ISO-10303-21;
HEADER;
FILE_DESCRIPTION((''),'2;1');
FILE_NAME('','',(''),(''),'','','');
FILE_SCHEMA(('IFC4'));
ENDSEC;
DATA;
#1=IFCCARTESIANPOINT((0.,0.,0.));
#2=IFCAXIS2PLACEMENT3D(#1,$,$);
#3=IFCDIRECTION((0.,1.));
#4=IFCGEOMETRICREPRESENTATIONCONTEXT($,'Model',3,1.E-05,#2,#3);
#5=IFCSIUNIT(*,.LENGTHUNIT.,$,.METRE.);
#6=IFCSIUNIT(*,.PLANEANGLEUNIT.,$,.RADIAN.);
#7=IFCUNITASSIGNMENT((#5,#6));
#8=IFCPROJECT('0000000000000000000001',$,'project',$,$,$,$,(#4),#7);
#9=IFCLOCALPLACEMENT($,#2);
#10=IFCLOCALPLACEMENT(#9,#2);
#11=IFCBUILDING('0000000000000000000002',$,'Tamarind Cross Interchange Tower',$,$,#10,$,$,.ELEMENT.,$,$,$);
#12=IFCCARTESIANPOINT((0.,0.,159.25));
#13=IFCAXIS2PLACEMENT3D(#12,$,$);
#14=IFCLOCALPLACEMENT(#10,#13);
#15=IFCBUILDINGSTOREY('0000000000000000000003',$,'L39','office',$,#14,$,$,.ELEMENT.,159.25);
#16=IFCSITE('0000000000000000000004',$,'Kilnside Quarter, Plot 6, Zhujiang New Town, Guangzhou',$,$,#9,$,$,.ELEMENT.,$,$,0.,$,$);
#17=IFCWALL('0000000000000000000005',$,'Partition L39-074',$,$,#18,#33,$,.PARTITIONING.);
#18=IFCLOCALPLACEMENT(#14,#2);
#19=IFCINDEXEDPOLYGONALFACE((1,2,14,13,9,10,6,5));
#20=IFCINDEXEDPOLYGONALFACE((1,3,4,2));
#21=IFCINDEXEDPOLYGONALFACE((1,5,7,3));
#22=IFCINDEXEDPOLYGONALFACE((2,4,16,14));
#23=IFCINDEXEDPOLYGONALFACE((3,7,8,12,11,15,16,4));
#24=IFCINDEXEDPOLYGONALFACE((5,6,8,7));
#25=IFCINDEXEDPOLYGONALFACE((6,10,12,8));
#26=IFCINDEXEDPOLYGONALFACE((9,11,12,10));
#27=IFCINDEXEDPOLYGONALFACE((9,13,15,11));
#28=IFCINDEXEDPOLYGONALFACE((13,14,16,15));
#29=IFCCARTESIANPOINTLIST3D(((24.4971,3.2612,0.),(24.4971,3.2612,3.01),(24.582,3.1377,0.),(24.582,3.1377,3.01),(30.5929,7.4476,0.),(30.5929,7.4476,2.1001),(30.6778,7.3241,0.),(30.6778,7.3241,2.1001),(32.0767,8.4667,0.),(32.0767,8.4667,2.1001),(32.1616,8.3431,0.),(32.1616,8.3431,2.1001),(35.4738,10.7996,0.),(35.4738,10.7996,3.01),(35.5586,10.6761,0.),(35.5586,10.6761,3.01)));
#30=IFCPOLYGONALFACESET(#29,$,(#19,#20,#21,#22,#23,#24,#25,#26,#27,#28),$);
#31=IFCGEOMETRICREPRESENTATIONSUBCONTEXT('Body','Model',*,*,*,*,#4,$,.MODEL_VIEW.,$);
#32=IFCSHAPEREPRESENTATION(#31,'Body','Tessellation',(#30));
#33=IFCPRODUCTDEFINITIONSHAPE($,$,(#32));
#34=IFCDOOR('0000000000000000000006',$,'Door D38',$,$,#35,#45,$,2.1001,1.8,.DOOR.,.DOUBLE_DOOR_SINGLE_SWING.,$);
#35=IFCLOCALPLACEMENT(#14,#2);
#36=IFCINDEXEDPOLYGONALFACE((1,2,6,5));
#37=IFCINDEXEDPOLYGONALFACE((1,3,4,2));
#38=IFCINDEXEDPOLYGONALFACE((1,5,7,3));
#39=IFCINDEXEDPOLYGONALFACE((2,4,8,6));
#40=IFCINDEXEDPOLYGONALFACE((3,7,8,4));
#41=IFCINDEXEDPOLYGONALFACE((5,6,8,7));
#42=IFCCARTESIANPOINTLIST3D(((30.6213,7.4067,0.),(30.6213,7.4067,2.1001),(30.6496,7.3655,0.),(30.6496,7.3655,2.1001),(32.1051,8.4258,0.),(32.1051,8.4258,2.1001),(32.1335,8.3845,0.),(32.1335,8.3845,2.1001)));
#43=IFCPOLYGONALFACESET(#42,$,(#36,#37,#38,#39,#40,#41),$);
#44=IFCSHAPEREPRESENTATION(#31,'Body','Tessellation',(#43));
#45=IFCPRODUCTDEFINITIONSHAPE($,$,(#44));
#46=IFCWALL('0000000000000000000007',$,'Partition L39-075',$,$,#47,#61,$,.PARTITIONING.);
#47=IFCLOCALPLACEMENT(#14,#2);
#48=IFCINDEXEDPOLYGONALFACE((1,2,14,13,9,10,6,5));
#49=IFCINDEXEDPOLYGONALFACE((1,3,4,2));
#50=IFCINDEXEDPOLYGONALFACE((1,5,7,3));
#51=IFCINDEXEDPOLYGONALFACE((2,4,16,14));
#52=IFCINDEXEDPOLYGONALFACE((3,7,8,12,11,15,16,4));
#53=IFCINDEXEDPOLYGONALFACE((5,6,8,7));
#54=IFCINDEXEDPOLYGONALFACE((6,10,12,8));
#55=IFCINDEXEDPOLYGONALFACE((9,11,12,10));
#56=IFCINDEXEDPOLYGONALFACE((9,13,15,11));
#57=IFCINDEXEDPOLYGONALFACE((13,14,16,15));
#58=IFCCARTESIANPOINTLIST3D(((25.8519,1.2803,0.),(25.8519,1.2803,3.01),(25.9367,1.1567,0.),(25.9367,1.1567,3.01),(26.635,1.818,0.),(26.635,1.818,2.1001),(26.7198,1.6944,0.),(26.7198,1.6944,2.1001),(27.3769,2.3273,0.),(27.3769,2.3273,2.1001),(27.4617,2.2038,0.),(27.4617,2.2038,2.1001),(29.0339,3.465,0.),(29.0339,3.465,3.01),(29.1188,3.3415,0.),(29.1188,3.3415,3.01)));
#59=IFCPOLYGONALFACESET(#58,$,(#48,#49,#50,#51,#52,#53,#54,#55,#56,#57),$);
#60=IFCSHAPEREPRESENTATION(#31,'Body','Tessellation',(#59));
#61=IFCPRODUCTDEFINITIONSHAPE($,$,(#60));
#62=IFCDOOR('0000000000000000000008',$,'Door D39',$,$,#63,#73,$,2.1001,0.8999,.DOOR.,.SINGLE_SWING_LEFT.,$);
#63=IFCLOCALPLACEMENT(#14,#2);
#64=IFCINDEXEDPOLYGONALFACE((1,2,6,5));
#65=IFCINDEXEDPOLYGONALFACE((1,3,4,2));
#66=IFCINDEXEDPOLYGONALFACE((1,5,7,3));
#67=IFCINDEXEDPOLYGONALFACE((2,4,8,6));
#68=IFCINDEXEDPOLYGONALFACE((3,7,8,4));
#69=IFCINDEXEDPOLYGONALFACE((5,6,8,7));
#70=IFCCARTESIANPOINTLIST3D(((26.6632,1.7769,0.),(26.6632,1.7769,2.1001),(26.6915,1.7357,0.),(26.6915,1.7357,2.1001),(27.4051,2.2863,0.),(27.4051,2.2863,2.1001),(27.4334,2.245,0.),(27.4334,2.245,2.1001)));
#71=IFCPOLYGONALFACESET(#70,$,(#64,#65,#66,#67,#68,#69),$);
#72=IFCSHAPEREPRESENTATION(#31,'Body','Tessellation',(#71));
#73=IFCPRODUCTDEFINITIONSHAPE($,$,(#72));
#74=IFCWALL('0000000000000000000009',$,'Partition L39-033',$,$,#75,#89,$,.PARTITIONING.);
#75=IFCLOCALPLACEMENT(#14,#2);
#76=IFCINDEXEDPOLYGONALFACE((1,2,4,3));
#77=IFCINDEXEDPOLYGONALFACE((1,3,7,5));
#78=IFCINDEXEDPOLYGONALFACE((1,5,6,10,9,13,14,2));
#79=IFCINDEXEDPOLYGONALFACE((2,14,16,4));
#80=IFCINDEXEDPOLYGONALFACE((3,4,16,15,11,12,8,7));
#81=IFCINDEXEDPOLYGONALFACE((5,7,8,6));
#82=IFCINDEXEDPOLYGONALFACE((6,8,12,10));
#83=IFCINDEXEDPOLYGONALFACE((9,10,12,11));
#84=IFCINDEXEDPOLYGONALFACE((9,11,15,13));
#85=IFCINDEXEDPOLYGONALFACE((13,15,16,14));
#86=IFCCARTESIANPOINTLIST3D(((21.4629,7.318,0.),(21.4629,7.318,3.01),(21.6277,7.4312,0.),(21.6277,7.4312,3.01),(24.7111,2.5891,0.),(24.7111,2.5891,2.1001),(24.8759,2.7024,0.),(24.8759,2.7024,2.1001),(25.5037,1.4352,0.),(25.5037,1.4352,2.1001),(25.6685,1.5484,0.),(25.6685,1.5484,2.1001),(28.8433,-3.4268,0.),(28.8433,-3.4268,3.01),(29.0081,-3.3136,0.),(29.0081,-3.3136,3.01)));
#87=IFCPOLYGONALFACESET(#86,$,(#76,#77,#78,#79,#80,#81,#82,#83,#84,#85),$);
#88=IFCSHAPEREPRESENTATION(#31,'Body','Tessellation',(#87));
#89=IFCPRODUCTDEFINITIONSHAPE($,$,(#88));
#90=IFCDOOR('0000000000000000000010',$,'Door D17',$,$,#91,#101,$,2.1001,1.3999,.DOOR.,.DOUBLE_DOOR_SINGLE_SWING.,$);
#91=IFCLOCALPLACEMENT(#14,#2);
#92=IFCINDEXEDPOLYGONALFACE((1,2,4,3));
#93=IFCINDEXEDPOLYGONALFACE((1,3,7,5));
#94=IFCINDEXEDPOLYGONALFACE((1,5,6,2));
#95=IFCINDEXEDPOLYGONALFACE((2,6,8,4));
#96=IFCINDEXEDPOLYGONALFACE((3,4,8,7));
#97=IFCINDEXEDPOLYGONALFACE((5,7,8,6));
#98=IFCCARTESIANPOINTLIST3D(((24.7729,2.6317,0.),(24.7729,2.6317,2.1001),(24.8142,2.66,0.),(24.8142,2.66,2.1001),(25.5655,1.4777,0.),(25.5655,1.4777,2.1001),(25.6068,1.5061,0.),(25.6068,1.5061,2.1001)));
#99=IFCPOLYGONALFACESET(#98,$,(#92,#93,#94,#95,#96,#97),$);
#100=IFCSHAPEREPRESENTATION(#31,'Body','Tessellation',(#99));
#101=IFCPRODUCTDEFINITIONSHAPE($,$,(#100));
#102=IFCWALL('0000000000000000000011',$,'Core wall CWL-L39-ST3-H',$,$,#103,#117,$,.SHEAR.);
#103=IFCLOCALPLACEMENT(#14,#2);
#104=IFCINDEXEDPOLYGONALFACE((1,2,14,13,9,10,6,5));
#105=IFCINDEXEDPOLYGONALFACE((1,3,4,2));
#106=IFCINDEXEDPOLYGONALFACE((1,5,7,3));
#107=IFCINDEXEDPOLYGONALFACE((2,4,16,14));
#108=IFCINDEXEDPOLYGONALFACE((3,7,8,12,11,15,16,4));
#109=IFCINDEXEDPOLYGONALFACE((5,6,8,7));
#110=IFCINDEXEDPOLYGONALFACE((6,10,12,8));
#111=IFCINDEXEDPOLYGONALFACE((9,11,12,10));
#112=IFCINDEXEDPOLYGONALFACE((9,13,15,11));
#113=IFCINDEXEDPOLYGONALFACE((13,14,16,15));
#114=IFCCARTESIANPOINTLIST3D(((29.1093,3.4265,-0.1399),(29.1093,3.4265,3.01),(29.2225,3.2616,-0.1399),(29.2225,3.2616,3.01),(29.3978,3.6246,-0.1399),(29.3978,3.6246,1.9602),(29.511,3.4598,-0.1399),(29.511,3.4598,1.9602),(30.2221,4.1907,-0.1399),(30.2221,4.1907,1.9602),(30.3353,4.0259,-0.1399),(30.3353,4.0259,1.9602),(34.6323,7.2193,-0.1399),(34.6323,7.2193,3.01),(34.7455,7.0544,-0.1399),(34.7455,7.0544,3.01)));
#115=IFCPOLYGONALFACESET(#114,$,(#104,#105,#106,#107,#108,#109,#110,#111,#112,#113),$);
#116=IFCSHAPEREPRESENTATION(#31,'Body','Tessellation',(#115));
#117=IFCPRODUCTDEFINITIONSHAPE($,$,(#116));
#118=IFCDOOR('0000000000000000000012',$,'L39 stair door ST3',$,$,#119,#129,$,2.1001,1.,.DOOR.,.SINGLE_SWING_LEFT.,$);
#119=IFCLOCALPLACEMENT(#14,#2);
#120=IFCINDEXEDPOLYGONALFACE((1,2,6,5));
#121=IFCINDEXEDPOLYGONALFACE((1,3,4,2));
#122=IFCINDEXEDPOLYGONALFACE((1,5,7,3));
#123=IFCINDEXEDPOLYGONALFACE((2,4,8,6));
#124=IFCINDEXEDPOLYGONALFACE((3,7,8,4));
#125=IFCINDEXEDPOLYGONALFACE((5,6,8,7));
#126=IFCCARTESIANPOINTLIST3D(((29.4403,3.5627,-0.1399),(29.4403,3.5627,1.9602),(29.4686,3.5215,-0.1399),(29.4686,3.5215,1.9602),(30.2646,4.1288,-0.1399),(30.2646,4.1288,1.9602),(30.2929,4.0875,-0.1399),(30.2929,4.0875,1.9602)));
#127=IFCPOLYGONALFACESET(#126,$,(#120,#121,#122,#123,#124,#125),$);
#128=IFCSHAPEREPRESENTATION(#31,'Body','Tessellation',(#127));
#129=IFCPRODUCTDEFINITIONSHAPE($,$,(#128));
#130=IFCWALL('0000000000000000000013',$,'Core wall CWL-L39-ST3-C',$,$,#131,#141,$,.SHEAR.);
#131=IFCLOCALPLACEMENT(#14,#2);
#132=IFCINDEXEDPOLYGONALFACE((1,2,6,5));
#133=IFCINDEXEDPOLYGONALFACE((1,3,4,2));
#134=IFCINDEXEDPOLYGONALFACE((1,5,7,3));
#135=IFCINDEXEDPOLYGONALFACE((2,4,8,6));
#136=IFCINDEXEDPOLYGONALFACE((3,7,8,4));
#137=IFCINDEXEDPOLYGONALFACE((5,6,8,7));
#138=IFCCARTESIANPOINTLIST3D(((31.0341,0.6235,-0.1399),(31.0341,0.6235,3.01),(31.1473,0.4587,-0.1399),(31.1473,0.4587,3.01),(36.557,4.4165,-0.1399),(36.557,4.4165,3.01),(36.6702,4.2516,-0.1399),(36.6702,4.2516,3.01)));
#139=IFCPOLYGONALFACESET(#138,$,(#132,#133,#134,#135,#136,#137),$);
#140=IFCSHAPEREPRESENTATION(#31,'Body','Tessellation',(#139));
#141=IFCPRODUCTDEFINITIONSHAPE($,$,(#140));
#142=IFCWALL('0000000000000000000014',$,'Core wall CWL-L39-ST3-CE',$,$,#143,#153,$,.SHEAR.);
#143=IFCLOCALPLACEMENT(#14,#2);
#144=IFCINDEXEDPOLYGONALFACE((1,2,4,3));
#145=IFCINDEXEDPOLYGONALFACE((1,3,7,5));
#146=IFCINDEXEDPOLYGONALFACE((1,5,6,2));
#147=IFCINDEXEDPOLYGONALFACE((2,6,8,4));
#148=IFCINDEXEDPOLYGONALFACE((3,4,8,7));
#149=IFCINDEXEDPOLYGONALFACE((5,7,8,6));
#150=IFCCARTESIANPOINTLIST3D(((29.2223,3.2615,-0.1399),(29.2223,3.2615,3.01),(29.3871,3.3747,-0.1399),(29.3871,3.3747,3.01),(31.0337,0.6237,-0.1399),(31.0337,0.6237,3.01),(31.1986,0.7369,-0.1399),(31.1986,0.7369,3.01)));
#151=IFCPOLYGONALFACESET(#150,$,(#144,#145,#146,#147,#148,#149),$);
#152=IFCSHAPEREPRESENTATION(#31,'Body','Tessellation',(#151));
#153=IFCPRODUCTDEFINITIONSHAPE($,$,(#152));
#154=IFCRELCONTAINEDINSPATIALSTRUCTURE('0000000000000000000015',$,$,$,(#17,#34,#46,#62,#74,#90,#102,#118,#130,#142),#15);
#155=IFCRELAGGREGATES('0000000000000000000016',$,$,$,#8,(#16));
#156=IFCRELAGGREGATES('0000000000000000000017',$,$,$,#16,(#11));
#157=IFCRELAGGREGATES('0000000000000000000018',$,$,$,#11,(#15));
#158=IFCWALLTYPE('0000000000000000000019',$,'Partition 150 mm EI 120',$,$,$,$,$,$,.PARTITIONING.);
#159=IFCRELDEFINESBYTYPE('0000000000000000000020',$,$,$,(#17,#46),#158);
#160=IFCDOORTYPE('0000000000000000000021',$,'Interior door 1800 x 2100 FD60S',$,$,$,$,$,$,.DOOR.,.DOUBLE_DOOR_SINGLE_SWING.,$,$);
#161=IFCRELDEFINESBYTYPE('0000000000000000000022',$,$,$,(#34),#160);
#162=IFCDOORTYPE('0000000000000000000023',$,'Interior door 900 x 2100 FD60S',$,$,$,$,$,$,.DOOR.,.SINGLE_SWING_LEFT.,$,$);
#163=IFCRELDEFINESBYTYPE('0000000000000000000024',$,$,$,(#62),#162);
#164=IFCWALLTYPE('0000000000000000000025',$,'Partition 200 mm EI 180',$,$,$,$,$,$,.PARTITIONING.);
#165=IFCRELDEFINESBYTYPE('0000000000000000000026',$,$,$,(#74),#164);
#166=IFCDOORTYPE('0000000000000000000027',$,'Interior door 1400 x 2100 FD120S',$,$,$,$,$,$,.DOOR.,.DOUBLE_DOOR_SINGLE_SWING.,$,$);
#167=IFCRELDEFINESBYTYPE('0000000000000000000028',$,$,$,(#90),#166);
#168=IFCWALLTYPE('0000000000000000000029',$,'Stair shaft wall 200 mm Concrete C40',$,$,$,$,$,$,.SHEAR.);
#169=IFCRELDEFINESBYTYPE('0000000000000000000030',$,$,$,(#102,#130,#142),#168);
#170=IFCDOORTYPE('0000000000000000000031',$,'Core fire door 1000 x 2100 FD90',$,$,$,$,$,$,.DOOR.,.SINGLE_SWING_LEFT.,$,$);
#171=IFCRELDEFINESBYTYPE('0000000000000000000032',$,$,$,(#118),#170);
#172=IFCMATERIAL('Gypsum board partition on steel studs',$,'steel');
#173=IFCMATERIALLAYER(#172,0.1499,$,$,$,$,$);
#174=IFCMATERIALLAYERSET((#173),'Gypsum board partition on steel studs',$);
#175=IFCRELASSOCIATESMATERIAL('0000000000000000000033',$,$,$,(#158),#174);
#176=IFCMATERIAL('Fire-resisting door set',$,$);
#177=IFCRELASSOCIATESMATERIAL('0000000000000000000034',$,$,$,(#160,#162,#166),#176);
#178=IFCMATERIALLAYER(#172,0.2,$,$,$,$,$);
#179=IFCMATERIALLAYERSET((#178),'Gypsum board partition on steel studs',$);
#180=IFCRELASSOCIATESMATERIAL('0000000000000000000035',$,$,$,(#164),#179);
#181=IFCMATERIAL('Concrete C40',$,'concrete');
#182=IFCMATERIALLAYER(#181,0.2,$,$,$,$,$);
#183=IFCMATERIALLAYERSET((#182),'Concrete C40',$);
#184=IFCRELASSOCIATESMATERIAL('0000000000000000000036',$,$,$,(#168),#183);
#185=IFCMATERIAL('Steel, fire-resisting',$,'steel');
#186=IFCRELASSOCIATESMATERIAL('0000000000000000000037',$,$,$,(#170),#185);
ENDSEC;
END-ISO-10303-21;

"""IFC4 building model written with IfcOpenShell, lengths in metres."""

from ifc_helpers import new_model, si_unit, direction, frame, frame_2d, origin, place, context, subcontext, project, spatial, rectangle, extrude, material, layer, layer_set, type_object, element, fill, save


model = new_model("IFC4")

# Units and contexts
model_context = context("Model", 3, precision=1e-05, world=origin(), true_north=direction((0.0, 1.0)))
body_context = subcontext(model_context, "Body", "Model", "MODEL_VIEW")
ifc_project = project(units=[si_unit("LENGTHUNIT", "METRE"), si_unit("PLANEANGLEUNIT", "RADIAN")], contexts=[model_context])

# Site, building, storey
site_placement = place(None, origin())
site = spatial("IfcSite", under=ifc_project, at=site_placement, Name="Kilnside Quarter, Plot 6, Zhujiang New Town, Guangzhou", CompositionType="ELEMENT", RefElevation=0.0)
building_placement = place(site_placement, origin())
building = spatial("IfcBuilding", under=site, at=building_placement, Name="Tamarind Cross Interchange Tower", CompositionType="ELEMENT")
storey_placement = place(building_placement, frame((0.0, 0.0, 159.25)))
storey = spatial("IfcBuildingStorey", under=building, at=storey_placement, Name="L39", Description="office", CompositionType="ELEMENT", Elevation=159.25)

# Shared definitions
ifc_material_1 = material(Name="Gypsum board partition on steel studs", Category="steel")
ifc_layer_1 = layer(ifc_material_1, 0.1499)
ifc_layer_set_1 = layer_set([ifc_layer_1], Name="Gypsum board partition on steel studs")
wall_type_1 = type_object("IfcWallType", Name="Partition 150 mm EI 120", PredefinedType="PARTITIONING", material=ifc_layer_set_1)

# Walls, openings, doors
wall_1_placement = place(storey_placement, frame((24.5396, 3.1995, 0.0), z_axis=(0.0, 0.0, 1.0), x_axis=(0.824324, 0.566118, 0.0)))
wall_1 = element("IfcWall", 1, at=wall_1_placement, inside=storey, type_object=wall_type_1, Name="Partition L39-074", PredefinedType="PARTITIONING", context=body_context, shape_type="SweptSolid", body=[
    extrude(rectangle(XDim=13.3159, YDim=0.1499, at=frame_2d((6.658, 0.0))), origin(), (0.0, 0.0, 1.0), 3.01),
])
opening_1_placement = place(wall_1_placement, frame((7.395, 0.0, 0.0)))
opening_1 = element("IfcOpeningElement", 2, at=opening_1_placement, cuts=wall_1, PredefinedType="OPENING", context=body_context, shape_type="SweptSolid", body=[
    extrude(rectangle(XDim=1.8, YDim=2.1001, at=frame_2d((0.8999, 1.05))), frame((0.0, 0.085, 0.0), z_axis=(0.0, -1.0, 0.0), x_axis=(1.0, 0.0, 0.0)), (0.0, 0.0, 1.0), 0.1699),
])
ifc_material_2 = material(Name="Fire-resisting door set")
door_type_1 = type_object("IfcDoorType", Name="Interior door 1800 x 2100 FD60S", OperationType="DOUBLE_DOOR_SINGLE_SWING", PredefinedType="DOOR", material=ifc_material_2)
door_1_placement = place(opening_1_placement, frame((1.8, 0.0, 0.0), z_axis=(0.0, 0.0, 1.0), x_axis=(-1.0, 0.0, 0.0)))
door_1 = element("IfcDoor", 3, at=door_1_placement, inside=storey, type_object=door_type_1, Name="Door D38", OperationType="DOUBLE_DOOR_SINGLE_SWING", OverallHeight=2.1001, OverallWidth=1.8, PredefinedType="DOOR", context=body_context, shape_type="SweptSolid", body=[
    extrude(rectangle(XDim=1.8, YDim=2.1001, at=frame_2d((0.8999, 1.05))), frame((0.0, 0.0249, 0.0), z_axis=(0.0, -1.0, 0.0), x_axis=(1.0, 0.0, 0.0)), (0.0, 0.0, 1.0), 0.05),
])
fill(opening_1, door_1)
wall_2_placement = place(storey_placement, frame((25.8943, 1.2185, 0.0), z_axis=(0.0, 0.0, 1.0), x_axis=(0.824392, 0.566019, 0.0)))
wall_2 = element("IfcWall", 4, at=wall_2_placement, inside=storey, type_object=wall_type_1, Name="Partition L39-075", PredefinedType="PARTITIONING", context=body_context, shape_type="SweptSolid", body=[
    extrude(rectangle(XDim=3.8599, YDim=0.1499, at=frame_2d((1.9299, 0.0))), origin(), (0.0, 0.0, 1.0), 3.01),
])
opening_2_placement = place(wall_2_placement, frame((0.95, 0.0, 0.0)))
opening_2 = element("IfcOpeningElement", 5, at=opening_2_placement, cuts=wall_2, PredefinedType="OPENING", context=body_context, shape_type="SweptSolid", body=[
    extrude(rectangle(XDim=0.8999, YDim=2.1001, at=frame_2d((0.45, 1.05))), frame((0.0, 0.085, 0.0), z_axis=(0.0, -1.0, 0.0), x_axis=(1.0, 0.0, 0.0)), (0.0, 0.0, 1.0), 0.1699),
])
door_type_2 = type_object("IfcDoorType", Name="Interior door 900 x 2100 FD60S", OperationType="SINGLE_SWING_LEFT", PredefinedType="DOOR", material=ifc_material_2)
door_2_placement = place(opening_2_placement, frame((0.8999, 0.0, 0.0), z_axis=(0.0, 0.0, 1.0), x_axis=(-1.0, 0.0, 0.0)))
door_2 = element("IfcDoor", 6, at=door_2_placement, inside=storey, type_object=door_type_2, Name="Door D39", OperationType="SINGLE_SWING_LEFT", OverallHeight=2.1001, OverallWidth=0.8999, PredefinedType="DOOR", context=body_context, shape_type="SweptSolid", body=[
    extrude(rectangle(XDim=0.8999, YDim=2.1001, at=frame_2d((0.45, 1.05))), frame((0.0, 0.0249, 0.0), z_axis=(0.0, -1.0, 0.0), x_axis=(1.0, 0.0, 0.0)), (0.0, 0.0, 1.0), 0.05),
])
fill(opening_2, door_2)
ifc_layer_2 = layer(ifc_material_1, 0.2)
ifc_layer_set_2 = layer_set([ifc_layer_2], Name="Gypsum board partition on steel studs")
wall_type_2 = type_object("IfcWallType", Name="Partition 200 mm EI 180", PredefinedType="PARTITIONING", material=ifc_layer_set_2)
wall_3_placement = place(storey_placement, frame((21.5454, 7.3745, 0.0), z_axis=(0.0, 0.0, 1.0), x_axis=(0.566178, -0.824283, 0.0)))
wall_3 = element("IfcWall", 7, at=wall_3_placement, inside=storey, type_object=wall_type_2, Name="Partition L39-033", PredefinedType="PARTITIONING", context=body_context, shape_type="SweptSolid", body=[
    extrude(rectangle(XDim=13.0354, YDim=0.2, at=frame_2d((6.5176, 0.0))), origin(), (0.0, 0.0, 1.0), 3.01),
])
opening_3_placement = place(wall_3_placement, frame((5.7368, 0.0, 0.0)))
opening_3 = element("IfcOpeningElement", 8, at=opening_3_placement, cuts=wall_3, PredefinedType="OPENING", context=body_context, shape_type="SweptSolid", body=[
    extrude(rectangle(XDim=1.3999, YDim=2.1001, at=frame_2d((0.7, 1.05))), frame((0.0, 0.1099, 0.0), z_axis=(0.0, -1.0, 0.0), x_axis=(1.0, 0.0, 0.0)), (0.0, 0.0, 1.0), 0.22),
])
door_type_3 = type_object("IfcDoorType", Name="Interior door 1400 x 2100 FD120S", OperationType="DOUBLE_DOOR_SINGLE_SWING", PredefinedType="DOOR", material=ifc_material_2)
door_3_placement = place(opening_3_placement, frame((1.3999, 0.0, 0.0), z_axis=(0.0, 0.0, 1.0), x_axis=(-1.0, 0.0, 0.0)))
door_3 = element("IfcDoor", 9, at=door_3_placement, inside=storey, type_object=door_type_3, Name="Door D17", OperationType="DOUBLE_DOOR_SINGLE_SWING", OverallHeight=2.1001, OverallWidth=1.3999, PredefinedType="DOOR", context=body_context, shape_type="SweptSolid", body=[
    extrude(rectangle(XDim=1.3999, YDim=2.1001, at=frame_2d((0.7, 1.05))), frame((0.0, 0.0249, 0.0), z_axis=(0.0, -1.0, 0.0), x_axis=(1.0, 0.0, 0.0)), (0.0, 0.0, 1.0), 0.05),
])
fill(opening_3, door_3)
ifc_material_3 = material(Name="Concrete C40", Category="concrete")
ifc_layer_3 = layer(ifc_material_3, 0.2)
ifc_layer_set_3 = layer_set([ifc_layer_3], Name="Concrete C40")
wall_type_3 = type_object("IfcWallType", Name="Stair shaft wall 200 mm Concrete C40", PredefinedType="SHEAR", material=ifc_layer_set_3)
wall_4_placement = place(storey_placement, frame((29.1658, 3.344, -0.1399), z_axis=(0.0, 0.0, 1.0), x_axis=(0.824342, 0.566093, 0.0)))
wall_4 = element("IfcWall", 10, at=wall_4_placement, inside=storey, type_object=wall_type_3, Name="Core wall CWL-L39-ST3-H", PredefinedType="SHEAR", context=body_context, shape_type="SweptSolid", body=[
    extrude(rectangle(XDim=6.7, YDim=0.2, at=frame_2d((3.3501, 0.0))), origin(), (0.0, 0.0, 1.0), 3.1499),
])
opening_4_placement = place(wall_4_placement, frame((0.3501, 0.0, 0.0)))
opening_4 = element("IfcOpeningElement", 11, at=opening_4_placement, cuts=wall_4, PredefinedType="OPENING", context=body_context, shape_type="SweptSolid", body=[
    extrude(rectangle(XDim=1.0, YDim=2.1001, at=frame_2d((0.5, 1.05))), frame((0.0, 0.1099, 0.0), z_axis=(0.0, -1.0, 0.0), x_axis=(1.0, 0.0, 0.0)), (0.0, 0.0, 1.0), 0.22),
])
ifc_material_4 = material(Name="Steel, fire-resisting", Category="steel")
door_type_4 = type_object("IfcDoorType", Name="Core fire door 1000 x 2100 FD90", OperationType="SINGLE_SWING_LEFT", PredefinedType="DOOR", material=ifc_material_4)
door_4_placement = place(opening_4_placement, origin())
door_4 = element("IfcDoor", 12, at=door_4_placement, inside=storey, type_object=door_type_4, Name="L39 stair door ST3", OperationType="SINGLE_SWING_LEFT", OverallHeight=2.1001, OverallWidth=1.0, PredefinedType="DOOR", context=body_context, shape_type="SweptSolid", body=[
    extrude(rectangle(XDim=1.0, YDim=2.1001, at=frame_2d((0.5, 1.05))), frame((0.0, 0.0249, 0.0), z_axis=(0.0, -1.0, 0.0), x_axis=(1.0, 0.0, 0.0)), (0.0, 0.0, 1.0), 0.05),
])
fill(opening_4, door_4)

# Walls
wall_5_placement = place(storey_placement, frame((31.0906, 0.541, -0.1399), z_axis=(0.0, 0.0, 1.0), x_axis=(0.824325, 0.566117, 0.0)))
element("IfcWall", 13, at=wall_5_placement, inside=storey, type_object=wall_type_3, Name="Core wall CWL-L39-ST3-C", PredefinedType="SHEAR", context=body_context, shape_type="SweptSolid", body=[
    extrude(rectangle(XDim=6.7, YDim=0.2, at=frame_2d((3.3501, 0.0))), origin(), (0.0, 0.0, 1.0), 3.1499),
])
wall_6_placement = place(storey_placement, frame((31.1162, 0.6802, -0.1399), z_axis=(0.0, 0.0, 1.0), x_axis=(-0.566092, 0.824342, 0.0)))
element("IfcWall", 14, at=wall_6_placement, inside=storey, type_object=wall_type_3, Name="Core wall CWL-L39-ST3-CE", PredefinedType="SHEAR", context=body_context, shape_type="SweptSolid", body=[
    extrude(rectangle(XDim=3.2, YDim=0.2, at=frame_2d((1.6001, 0.0))), origin(), (0.0, 0.0, 1.0), 3.1499),
])

save(model, "model.ifc")
